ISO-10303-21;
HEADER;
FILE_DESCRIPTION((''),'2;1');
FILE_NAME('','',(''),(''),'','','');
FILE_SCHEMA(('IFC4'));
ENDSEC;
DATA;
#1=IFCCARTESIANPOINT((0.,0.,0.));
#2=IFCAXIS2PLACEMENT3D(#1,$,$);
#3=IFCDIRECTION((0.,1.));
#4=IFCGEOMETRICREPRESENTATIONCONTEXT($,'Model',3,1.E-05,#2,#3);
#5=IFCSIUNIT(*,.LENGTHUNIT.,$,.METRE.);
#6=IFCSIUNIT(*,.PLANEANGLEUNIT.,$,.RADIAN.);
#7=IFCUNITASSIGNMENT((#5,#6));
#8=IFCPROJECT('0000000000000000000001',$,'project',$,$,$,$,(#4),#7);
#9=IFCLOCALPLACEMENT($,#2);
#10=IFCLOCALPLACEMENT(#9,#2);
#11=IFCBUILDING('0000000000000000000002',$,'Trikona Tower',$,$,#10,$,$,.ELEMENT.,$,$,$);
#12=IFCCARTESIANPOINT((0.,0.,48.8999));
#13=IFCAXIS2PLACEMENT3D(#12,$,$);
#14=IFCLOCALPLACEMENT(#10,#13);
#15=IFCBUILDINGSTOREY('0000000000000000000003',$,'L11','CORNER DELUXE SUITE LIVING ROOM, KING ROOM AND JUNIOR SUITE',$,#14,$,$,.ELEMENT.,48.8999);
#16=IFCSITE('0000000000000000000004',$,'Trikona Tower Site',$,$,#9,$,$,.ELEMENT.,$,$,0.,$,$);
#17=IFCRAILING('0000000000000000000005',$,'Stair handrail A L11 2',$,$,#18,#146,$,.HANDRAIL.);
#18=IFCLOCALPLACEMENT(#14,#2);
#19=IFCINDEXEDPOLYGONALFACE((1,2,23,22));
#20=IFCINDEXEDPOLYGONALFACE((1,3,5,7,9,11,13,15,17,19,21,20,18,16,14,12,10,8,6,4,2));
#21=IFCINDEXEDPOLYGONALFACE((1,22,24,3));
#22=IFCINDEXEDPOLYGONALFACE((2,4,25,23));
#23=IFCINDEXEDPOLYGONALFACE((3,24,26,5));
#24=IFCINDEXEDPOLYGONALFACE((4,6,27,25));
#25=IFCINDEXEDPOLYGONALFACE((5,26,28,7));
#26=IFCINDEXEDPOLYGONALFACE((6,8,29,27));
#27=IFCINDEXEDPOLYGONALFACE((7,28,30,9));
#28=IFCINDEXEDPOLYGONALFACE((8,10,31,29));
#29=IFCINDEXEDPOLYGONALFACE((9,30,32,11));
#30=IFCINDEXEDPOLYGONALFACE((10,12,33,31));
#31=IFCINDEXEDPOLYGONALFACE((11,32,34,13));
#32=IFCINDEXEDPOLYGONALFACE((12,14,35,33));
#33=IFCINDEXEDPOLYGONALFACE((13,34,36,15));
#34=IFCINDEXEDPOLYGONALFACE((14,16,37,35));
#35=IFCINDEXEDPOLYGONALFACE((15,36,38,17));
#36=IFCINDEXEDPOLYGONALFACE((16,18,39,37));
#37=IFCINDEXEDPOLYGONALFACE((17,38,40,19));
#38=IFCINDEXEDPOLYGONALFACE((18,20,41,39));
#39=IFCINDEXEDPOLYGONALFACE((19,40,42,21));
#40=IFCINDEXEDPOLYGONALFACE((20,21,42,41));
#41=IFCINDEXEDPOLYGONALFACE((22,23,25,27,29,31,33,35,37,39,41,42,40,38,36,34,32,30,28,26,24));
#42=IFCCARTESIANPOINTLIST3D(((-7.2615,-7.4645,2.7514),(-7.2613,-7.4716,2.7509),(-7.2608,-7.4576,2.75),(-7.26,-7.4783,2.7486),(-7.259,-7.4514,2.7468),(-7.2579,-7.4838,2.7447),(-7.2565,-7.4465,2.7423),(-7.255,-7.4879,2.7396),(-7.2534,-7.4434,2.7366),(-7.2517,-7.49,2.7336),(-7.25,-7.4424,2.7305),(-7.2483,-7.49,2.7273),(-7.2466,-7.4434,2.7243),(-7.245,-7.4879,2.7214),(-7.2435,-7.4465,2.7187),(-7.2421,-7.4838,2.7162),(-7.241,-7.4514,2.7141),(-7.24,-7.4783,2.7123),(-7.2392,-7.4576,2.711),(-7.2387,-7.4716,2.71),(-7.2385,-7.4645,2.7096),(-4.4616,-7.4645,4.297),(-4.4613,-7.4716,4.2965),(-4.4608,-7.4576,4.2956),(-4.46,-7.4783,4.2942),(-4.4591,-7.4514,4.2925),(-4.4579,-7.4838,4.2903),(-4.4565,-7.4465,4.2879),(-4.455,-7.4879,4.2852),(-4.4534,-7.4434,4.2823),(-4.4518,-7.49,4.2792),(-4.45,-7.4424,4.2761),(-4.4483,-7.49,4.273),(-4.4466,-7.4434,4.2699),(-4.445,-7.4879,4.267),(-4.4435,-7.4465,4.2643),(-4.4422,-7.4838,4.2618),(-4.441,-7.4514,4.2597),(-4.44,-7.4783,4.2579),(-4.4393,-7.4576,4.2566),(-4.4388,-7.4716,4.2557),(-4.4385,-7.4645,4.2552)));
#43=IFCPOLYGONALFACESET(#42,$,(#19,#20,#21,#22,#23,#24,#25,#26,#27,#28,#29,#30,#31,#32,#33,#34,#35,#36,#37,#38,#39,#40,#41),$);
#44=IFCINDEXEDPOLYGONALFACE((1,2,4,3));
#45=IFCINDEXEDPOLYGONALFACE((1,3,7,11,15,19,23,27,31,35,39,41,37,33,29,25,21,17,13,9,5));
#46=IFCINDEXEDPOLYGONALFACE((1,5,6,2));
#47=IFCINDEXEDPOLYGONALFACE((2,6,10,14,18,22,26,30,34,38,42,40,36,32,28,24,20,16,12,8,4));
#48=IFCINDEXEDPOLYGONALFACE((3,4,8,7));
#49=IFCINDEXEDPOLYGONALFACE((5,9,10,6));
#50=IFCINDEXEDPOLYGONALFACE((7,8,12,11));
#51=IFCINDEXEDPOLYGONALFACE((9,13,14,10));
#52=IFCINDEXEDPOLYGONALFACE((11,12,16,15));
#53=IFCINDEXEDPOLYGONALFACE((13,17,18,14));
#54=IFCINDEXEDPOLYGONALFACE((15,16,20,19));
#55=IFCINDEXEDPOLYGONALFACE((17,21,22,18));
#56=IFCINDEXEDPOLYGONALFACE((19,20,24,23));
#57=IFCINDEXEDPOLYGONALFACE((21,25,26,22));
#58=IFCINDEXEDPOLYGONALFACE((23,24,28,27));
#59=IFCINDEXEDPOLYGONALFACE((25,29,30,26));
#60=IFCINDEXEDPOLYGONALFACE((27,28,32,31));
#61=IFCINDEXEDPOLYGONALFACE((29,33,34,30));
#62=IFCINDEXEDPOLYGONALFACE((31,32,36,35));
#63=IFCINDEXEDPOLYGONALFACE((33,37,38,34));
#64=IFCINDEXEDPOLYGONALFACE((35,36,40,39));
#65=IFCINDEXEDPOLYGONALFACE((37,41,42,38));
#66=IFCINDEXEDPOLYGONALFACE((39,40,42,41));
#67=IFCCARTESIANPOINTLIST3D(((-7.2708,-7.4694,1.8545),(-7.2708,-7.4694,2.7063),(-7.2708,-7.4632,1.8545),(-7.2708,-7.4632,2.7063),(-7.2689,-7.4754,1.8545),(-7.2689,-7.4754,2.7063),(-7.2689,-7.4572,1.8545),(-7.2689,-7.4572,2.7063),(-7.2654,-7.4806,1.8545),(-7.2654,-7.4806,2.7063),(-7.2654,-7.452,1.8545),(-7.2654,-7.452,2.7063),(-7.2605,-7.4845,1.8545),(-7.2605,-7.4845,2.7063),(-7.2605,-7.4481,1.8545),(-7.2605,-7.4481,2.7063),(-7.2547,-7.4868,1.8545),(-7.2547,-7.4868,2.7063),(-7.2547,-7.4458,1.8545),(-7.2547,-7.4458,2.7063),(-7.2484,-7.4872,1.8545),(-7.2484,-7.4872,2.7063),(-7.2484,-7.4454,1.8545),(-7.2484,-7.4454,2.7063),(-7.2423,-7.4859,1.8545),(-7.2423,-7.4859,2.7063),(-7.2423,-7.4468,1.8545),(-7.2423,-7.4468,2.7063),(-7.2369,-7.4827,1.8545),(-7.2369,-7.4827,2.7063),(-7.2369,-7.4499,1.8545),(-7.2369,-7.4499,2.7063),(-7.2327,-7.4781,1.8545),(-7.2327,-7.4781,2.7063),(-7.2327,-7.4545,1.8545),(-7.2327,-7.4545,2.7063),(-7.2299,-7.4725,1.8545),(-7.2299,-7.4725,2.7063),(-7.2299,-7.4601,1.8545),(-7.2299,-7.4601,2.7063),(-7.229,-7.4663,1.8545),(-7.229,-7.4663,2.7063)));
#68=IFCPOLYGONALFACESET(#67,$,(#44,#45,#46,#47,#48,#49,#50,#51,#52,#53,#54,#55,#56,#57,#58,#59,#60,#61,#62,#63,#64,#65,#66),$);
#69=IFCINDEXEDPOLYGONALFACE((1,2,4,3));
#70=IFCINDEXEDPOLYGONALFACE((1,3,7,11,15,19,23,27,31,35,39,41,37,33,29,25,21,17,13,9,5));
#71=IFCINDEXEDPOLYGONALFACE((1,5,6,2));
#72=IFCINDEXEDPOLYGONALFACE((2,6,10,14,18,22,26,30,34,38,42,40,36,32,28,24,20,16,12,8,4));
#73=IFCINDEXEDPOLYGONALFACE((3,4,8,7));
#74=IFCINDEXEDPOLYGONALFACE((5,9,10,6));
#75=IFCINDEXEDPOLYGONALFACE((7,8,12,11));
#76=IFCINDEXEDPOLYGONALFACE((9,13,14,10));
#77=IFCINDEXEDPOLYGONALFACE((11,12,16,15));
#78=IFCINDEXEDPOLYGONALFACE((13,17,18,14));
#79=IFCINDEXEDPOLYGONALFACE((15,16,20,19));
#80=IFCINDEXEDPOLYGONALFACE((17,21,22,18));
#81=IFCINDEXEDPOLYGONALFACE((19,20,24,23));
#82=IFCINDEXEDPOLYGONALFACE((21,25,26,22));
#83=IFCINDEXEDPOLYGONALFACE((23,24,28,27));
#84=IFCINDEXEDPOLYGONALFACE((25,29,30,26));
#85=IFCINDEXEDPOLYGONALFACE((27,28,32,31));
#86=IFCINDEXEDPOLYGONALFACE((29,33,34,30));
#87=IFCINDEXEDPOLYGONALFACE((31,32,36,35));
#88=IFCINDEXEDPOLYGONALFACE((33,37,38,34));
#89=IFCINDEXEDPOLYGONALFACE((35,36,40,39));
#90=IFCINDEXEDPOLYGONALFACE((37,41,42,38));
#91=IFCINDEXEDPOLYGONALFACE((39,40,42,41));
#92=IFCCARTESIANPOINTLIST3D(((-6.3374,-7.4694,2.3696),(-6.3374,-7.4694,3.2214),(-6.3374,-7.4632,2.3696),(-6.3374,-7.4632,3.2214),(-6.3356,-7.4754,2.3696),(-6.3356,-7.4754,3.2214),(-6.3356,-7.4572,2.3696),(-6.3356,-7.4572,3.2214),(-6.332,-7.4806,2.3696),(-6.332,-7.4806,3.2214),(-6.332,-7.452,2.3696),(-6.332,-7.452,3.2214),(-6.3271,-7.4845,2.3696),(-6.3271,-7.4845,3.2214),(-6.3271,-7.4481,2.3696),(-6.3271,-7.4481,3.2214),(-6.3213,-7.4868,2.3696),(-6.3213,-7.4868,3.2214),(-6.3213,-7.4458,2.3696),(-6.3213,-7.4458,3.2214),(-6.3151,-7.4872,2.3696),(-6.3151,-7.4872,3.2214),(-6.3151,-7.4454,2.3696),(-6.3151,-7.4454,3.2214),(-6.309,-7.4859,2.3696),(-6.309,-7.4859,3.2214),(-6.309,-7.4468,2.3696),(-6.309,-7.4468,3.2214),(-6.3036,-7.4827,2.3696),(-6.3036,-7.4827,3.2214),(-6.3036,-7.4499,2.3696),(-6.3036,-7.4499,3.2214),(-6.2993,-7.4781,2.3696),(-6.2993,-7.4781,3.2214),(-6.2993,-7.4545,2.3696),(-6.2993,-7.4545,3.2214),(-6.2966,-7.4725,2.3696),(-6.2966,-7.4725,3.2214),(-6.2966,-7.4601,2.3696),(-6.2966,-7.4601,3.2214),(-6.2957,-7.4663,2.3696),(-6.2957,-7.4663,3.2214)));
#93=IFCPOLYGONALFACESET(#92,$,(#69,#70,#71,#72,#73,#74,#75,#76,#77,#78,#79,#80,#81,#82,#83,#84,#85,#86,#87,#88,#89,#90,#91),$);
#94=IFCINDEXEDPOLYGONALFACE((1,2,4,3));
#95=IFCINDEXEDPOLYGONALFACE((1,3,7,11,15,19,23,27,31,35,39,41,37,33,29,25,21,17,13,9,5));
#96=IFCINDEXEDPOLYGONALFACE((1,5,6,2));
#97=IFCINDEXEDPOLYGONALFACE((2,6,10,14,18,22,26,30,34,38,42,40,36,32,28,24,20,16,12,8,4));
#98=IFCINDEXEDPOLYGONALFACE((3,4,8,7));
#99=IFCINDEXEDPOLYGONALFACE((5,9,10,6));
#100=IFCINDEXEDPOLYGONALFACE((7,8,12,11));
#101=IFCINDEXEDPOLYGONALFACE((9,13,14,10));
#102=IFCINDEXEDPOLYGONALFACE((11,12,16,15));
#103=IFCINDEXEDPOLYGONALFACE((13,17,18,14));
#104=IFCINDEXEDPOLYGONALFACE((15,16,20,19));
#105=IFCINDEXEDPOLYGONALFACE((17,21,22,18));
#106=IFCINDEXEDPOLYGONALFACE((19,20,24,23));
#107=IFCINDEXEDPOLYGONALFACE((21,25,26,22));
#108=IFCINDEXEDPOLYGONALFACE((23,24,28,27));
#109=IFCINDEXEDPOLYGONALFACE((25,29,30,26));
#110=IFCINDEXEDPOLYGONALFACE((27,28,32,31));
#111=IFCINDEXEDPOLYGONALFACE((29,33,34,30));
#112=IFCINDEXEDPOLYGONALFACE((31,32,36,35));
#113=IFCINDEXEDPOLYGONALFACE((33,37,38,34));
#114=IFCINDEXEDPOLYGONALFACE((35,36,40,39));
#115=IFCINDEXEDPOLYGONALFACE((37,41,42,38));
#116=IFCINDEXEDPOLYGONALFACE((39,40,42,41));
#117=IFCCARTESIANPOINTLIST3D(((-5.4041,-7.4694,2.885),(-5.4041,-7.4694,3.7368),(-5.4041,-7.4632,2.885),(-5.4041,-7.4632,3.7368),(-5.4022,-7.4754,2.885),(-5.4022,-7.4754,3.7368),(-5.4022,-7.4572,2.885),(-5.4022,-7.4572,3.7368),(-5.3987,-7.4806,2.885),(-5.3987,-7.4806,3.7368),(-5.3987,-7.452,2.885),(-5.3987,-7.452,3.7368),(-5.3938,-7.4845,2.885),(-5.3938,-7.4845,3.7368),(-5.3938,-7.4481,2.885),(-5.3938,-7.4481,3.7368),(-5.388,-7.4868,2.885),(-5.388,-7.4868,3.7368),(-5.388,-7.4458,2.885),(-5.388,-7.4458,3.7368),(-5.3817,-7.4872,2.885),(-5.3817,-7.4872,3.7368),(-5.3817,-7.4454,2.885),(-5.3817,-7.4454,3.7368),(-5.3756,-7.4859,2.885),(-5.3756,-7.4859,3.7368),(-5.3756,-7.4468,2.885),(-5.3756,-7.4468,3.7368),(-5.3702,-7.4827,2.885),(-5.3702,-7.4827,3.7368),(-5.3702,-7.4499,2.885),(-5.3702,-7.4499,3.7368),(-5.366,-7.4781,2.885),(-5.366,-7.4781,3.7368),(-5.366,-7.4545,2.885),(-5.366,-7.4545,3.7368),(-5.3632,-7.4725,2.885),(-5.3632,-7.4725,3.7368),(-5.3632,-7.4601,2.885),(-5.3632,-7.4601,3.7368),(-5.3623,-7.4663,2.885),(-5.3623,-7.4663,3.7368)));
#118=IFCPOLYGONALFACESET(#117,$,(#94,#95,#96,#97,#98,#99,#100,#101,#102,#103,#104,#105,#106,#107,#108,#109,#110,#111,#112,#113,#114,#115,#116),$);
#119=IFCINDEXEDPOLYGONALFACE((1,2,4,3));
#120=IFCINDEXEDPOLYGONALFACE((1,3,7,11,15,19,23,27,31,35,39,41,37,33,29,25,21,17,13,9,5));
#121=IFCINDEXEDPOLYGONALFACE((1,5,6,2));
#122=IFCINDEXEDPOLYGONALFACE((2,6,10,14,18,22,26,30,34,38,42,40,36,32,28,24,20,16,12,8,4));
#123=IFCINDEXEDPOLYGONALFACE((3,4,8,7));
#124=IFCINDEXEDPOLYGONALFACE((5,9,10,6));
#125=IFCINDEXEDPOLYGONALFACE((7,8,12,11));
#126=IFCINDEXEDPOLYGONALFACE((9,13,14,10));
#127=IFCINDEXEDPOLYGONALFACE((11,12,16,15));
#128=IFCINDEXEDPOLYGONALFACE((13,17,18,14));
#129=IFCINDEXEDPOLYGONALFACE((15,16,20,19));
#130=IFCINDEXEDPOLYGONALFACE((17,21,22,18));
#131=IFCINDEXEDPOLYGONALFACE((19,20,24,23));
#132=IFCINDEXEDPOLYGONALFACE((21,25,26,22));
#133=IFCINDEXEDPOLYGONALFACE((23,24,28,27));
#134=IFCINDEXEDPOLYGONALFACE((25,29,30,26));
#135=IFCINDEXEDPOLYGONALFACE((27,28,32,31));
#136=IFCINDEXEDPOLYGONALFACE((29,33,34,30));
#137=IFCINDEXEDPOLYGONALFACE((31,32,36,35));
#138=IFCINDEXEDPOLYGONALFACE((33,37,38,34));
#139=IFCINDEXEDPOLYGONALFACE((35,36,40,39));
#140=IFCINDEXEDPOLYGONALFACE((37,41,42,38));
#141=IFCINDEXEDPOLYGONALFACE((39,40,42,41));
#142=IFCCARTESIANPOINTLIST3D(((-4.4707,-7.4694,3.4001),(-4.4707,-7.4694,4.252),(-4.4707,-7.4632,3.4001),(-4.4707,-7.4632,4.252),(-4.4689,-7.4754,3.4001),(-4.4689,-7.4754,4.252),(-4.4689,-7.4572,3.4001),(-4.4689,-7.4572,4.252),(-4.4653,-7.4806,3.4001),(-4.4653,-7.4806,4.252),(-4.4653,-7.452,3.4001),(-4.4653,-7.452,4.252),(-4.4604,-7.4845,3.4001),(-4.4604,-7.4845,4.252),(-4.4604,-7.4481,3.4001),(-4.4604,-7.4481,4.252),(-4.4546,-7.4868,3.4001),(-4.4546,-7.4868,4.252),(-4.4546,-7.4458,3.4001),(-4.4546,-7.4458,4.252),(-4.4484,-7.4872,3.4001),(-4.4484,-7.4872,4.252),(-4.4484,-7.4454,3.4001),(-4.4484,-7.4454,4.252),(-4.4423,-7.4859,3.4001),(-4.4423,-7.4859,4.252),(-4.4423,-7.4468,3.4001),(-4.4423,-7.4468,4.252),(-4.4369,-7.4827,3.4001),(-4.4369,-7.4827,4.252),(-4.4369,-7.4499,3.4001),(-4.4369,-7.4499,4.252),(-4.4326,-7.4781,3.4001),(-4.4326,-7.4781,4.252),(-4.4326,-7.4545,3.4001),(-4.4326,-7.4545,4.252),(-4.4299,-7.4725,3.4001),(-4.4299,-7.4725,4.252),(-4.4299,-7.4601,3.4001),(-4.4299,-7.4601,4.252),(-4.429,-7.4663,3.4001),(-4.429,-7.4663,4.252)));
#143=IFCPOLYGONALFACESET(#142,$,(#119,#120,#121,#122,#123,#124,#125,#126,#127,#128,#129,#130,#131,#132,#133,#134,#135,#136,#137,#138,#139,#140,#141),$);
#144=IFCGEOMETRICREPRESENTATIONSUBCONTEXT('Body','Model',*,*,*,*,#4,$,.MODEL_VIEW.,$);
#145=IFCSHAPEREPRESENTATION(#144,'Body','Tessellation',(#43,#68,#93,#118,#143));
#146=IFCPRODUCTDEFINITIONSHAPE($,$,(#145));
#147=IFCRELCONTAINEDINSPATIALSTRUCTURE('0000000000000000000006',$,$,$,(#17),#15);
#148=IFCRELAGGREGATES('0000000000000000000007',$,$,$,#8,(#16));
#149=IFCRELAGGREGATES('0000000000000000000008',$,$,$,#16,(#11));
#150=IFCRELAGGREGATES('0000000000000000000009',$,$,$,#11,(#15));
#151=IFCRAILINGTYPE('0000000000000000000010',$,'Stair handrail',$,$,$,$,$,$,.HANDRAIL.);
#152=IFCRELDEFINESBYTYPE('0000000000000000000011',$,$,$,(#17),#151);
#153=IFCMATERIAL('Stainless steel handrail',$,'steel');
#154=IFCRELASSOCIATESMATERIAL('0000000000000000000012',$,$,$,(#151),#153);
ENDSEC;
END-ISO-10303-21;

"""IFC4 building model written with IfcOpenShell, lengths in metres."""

from ifc_helpers import new_model, si_unit, direction, frame, origin, origin_2d, place, context, subcontext, project, spatial, circle, extrude, material, type_object, element, save


model = new_model("IFC4")

# Units and contexts
model_context = context("Model", 3, precision=1e-05, world=origin(), true_north=direction((0.0, 1.0)))
body_context = subcontext(model_context, "Body", "Model", "MODEL_VIEW")
ifc_project = project(units=[si_unit("LENGTHUNIT", "METRE"), si_unit("PLANEANGLEUNIT", "RADIAN")], contexts=[model_context])

# Site, building, storey
site_placement = place(None, origin())
site = spatial("IfcSite", under=ifc_project, at=site_placement, Name="Trikona Tower Site", CompositionType="ELEMENT", RefElevation=0.0)
building_placement = place(site_placement, origin())
building = spatial("IfcBuilding", under=site, at=building_placement, Name="Trikona Tower", CompositionType="ELEMENT")
storey_placement = place(building_placement, frame((0.0, 0.0, 48.8999)))
storey = spatial("IfcBuildingStorey", under=building, at=storey_placement, Name="L11", Description="CORNER DELUXE SUITE LIVING ROOM, KING ROOM AND JUNIOR SUITE", CompositionType="ELEMENT", Elevation=48.8999)

# Railing
ifc_material_1 = material(Name="Stainless steel handrail", Category="steel")
railing_type = type_object("IfcRailingType", Name="Stair handrail", PredefinedType="HANDRAIL", material=ifc_material_1)
railing_placement = place(storey_placement, frame((-7.25, -7.4663, 1.8545)))
element("IfcRailing", 1, at=railing_placement, inside=storey, type_object=railing_type, Name="Stair handrail A L11 2", PredefinedType="HANDRAIL", context=body_context, shape_type="SweptSolid", body=[
    extrude(circle(Radius=0.0239, at=origin_2d()), frame((0.0, 0.0, 0.876), z_axis=(0.875472, 0.0, 0.483269), x_axis=(0.0, 1.0, 0.0)), (0.0, 0.0, 1.0), 3.1982),
    extrude(circle(Radius=0.021, at=origin_2d()), origin(), (0.0, 0.0, 1.0), 0.8518),
    extrude(circle(Radius=0.021, at=origin_2d()), frame((0.9333, 0.0, 0.5151)), (0.0, 0.0, 1.0), 0.8518),
    extrude(circle(Radius=0.021, at=origin_2d()), frame((1.8667, 0.0, 1.0305)), (0.0, 0.0, 1.0), 0.8518),
    extrude(circle(Radius=0.021, at=origin_2d()), frame((2.8, 0.0, 1.5457)), (0.0, 0.0, 1.0), 0.8518),
])

save(model, "model.ifc")
